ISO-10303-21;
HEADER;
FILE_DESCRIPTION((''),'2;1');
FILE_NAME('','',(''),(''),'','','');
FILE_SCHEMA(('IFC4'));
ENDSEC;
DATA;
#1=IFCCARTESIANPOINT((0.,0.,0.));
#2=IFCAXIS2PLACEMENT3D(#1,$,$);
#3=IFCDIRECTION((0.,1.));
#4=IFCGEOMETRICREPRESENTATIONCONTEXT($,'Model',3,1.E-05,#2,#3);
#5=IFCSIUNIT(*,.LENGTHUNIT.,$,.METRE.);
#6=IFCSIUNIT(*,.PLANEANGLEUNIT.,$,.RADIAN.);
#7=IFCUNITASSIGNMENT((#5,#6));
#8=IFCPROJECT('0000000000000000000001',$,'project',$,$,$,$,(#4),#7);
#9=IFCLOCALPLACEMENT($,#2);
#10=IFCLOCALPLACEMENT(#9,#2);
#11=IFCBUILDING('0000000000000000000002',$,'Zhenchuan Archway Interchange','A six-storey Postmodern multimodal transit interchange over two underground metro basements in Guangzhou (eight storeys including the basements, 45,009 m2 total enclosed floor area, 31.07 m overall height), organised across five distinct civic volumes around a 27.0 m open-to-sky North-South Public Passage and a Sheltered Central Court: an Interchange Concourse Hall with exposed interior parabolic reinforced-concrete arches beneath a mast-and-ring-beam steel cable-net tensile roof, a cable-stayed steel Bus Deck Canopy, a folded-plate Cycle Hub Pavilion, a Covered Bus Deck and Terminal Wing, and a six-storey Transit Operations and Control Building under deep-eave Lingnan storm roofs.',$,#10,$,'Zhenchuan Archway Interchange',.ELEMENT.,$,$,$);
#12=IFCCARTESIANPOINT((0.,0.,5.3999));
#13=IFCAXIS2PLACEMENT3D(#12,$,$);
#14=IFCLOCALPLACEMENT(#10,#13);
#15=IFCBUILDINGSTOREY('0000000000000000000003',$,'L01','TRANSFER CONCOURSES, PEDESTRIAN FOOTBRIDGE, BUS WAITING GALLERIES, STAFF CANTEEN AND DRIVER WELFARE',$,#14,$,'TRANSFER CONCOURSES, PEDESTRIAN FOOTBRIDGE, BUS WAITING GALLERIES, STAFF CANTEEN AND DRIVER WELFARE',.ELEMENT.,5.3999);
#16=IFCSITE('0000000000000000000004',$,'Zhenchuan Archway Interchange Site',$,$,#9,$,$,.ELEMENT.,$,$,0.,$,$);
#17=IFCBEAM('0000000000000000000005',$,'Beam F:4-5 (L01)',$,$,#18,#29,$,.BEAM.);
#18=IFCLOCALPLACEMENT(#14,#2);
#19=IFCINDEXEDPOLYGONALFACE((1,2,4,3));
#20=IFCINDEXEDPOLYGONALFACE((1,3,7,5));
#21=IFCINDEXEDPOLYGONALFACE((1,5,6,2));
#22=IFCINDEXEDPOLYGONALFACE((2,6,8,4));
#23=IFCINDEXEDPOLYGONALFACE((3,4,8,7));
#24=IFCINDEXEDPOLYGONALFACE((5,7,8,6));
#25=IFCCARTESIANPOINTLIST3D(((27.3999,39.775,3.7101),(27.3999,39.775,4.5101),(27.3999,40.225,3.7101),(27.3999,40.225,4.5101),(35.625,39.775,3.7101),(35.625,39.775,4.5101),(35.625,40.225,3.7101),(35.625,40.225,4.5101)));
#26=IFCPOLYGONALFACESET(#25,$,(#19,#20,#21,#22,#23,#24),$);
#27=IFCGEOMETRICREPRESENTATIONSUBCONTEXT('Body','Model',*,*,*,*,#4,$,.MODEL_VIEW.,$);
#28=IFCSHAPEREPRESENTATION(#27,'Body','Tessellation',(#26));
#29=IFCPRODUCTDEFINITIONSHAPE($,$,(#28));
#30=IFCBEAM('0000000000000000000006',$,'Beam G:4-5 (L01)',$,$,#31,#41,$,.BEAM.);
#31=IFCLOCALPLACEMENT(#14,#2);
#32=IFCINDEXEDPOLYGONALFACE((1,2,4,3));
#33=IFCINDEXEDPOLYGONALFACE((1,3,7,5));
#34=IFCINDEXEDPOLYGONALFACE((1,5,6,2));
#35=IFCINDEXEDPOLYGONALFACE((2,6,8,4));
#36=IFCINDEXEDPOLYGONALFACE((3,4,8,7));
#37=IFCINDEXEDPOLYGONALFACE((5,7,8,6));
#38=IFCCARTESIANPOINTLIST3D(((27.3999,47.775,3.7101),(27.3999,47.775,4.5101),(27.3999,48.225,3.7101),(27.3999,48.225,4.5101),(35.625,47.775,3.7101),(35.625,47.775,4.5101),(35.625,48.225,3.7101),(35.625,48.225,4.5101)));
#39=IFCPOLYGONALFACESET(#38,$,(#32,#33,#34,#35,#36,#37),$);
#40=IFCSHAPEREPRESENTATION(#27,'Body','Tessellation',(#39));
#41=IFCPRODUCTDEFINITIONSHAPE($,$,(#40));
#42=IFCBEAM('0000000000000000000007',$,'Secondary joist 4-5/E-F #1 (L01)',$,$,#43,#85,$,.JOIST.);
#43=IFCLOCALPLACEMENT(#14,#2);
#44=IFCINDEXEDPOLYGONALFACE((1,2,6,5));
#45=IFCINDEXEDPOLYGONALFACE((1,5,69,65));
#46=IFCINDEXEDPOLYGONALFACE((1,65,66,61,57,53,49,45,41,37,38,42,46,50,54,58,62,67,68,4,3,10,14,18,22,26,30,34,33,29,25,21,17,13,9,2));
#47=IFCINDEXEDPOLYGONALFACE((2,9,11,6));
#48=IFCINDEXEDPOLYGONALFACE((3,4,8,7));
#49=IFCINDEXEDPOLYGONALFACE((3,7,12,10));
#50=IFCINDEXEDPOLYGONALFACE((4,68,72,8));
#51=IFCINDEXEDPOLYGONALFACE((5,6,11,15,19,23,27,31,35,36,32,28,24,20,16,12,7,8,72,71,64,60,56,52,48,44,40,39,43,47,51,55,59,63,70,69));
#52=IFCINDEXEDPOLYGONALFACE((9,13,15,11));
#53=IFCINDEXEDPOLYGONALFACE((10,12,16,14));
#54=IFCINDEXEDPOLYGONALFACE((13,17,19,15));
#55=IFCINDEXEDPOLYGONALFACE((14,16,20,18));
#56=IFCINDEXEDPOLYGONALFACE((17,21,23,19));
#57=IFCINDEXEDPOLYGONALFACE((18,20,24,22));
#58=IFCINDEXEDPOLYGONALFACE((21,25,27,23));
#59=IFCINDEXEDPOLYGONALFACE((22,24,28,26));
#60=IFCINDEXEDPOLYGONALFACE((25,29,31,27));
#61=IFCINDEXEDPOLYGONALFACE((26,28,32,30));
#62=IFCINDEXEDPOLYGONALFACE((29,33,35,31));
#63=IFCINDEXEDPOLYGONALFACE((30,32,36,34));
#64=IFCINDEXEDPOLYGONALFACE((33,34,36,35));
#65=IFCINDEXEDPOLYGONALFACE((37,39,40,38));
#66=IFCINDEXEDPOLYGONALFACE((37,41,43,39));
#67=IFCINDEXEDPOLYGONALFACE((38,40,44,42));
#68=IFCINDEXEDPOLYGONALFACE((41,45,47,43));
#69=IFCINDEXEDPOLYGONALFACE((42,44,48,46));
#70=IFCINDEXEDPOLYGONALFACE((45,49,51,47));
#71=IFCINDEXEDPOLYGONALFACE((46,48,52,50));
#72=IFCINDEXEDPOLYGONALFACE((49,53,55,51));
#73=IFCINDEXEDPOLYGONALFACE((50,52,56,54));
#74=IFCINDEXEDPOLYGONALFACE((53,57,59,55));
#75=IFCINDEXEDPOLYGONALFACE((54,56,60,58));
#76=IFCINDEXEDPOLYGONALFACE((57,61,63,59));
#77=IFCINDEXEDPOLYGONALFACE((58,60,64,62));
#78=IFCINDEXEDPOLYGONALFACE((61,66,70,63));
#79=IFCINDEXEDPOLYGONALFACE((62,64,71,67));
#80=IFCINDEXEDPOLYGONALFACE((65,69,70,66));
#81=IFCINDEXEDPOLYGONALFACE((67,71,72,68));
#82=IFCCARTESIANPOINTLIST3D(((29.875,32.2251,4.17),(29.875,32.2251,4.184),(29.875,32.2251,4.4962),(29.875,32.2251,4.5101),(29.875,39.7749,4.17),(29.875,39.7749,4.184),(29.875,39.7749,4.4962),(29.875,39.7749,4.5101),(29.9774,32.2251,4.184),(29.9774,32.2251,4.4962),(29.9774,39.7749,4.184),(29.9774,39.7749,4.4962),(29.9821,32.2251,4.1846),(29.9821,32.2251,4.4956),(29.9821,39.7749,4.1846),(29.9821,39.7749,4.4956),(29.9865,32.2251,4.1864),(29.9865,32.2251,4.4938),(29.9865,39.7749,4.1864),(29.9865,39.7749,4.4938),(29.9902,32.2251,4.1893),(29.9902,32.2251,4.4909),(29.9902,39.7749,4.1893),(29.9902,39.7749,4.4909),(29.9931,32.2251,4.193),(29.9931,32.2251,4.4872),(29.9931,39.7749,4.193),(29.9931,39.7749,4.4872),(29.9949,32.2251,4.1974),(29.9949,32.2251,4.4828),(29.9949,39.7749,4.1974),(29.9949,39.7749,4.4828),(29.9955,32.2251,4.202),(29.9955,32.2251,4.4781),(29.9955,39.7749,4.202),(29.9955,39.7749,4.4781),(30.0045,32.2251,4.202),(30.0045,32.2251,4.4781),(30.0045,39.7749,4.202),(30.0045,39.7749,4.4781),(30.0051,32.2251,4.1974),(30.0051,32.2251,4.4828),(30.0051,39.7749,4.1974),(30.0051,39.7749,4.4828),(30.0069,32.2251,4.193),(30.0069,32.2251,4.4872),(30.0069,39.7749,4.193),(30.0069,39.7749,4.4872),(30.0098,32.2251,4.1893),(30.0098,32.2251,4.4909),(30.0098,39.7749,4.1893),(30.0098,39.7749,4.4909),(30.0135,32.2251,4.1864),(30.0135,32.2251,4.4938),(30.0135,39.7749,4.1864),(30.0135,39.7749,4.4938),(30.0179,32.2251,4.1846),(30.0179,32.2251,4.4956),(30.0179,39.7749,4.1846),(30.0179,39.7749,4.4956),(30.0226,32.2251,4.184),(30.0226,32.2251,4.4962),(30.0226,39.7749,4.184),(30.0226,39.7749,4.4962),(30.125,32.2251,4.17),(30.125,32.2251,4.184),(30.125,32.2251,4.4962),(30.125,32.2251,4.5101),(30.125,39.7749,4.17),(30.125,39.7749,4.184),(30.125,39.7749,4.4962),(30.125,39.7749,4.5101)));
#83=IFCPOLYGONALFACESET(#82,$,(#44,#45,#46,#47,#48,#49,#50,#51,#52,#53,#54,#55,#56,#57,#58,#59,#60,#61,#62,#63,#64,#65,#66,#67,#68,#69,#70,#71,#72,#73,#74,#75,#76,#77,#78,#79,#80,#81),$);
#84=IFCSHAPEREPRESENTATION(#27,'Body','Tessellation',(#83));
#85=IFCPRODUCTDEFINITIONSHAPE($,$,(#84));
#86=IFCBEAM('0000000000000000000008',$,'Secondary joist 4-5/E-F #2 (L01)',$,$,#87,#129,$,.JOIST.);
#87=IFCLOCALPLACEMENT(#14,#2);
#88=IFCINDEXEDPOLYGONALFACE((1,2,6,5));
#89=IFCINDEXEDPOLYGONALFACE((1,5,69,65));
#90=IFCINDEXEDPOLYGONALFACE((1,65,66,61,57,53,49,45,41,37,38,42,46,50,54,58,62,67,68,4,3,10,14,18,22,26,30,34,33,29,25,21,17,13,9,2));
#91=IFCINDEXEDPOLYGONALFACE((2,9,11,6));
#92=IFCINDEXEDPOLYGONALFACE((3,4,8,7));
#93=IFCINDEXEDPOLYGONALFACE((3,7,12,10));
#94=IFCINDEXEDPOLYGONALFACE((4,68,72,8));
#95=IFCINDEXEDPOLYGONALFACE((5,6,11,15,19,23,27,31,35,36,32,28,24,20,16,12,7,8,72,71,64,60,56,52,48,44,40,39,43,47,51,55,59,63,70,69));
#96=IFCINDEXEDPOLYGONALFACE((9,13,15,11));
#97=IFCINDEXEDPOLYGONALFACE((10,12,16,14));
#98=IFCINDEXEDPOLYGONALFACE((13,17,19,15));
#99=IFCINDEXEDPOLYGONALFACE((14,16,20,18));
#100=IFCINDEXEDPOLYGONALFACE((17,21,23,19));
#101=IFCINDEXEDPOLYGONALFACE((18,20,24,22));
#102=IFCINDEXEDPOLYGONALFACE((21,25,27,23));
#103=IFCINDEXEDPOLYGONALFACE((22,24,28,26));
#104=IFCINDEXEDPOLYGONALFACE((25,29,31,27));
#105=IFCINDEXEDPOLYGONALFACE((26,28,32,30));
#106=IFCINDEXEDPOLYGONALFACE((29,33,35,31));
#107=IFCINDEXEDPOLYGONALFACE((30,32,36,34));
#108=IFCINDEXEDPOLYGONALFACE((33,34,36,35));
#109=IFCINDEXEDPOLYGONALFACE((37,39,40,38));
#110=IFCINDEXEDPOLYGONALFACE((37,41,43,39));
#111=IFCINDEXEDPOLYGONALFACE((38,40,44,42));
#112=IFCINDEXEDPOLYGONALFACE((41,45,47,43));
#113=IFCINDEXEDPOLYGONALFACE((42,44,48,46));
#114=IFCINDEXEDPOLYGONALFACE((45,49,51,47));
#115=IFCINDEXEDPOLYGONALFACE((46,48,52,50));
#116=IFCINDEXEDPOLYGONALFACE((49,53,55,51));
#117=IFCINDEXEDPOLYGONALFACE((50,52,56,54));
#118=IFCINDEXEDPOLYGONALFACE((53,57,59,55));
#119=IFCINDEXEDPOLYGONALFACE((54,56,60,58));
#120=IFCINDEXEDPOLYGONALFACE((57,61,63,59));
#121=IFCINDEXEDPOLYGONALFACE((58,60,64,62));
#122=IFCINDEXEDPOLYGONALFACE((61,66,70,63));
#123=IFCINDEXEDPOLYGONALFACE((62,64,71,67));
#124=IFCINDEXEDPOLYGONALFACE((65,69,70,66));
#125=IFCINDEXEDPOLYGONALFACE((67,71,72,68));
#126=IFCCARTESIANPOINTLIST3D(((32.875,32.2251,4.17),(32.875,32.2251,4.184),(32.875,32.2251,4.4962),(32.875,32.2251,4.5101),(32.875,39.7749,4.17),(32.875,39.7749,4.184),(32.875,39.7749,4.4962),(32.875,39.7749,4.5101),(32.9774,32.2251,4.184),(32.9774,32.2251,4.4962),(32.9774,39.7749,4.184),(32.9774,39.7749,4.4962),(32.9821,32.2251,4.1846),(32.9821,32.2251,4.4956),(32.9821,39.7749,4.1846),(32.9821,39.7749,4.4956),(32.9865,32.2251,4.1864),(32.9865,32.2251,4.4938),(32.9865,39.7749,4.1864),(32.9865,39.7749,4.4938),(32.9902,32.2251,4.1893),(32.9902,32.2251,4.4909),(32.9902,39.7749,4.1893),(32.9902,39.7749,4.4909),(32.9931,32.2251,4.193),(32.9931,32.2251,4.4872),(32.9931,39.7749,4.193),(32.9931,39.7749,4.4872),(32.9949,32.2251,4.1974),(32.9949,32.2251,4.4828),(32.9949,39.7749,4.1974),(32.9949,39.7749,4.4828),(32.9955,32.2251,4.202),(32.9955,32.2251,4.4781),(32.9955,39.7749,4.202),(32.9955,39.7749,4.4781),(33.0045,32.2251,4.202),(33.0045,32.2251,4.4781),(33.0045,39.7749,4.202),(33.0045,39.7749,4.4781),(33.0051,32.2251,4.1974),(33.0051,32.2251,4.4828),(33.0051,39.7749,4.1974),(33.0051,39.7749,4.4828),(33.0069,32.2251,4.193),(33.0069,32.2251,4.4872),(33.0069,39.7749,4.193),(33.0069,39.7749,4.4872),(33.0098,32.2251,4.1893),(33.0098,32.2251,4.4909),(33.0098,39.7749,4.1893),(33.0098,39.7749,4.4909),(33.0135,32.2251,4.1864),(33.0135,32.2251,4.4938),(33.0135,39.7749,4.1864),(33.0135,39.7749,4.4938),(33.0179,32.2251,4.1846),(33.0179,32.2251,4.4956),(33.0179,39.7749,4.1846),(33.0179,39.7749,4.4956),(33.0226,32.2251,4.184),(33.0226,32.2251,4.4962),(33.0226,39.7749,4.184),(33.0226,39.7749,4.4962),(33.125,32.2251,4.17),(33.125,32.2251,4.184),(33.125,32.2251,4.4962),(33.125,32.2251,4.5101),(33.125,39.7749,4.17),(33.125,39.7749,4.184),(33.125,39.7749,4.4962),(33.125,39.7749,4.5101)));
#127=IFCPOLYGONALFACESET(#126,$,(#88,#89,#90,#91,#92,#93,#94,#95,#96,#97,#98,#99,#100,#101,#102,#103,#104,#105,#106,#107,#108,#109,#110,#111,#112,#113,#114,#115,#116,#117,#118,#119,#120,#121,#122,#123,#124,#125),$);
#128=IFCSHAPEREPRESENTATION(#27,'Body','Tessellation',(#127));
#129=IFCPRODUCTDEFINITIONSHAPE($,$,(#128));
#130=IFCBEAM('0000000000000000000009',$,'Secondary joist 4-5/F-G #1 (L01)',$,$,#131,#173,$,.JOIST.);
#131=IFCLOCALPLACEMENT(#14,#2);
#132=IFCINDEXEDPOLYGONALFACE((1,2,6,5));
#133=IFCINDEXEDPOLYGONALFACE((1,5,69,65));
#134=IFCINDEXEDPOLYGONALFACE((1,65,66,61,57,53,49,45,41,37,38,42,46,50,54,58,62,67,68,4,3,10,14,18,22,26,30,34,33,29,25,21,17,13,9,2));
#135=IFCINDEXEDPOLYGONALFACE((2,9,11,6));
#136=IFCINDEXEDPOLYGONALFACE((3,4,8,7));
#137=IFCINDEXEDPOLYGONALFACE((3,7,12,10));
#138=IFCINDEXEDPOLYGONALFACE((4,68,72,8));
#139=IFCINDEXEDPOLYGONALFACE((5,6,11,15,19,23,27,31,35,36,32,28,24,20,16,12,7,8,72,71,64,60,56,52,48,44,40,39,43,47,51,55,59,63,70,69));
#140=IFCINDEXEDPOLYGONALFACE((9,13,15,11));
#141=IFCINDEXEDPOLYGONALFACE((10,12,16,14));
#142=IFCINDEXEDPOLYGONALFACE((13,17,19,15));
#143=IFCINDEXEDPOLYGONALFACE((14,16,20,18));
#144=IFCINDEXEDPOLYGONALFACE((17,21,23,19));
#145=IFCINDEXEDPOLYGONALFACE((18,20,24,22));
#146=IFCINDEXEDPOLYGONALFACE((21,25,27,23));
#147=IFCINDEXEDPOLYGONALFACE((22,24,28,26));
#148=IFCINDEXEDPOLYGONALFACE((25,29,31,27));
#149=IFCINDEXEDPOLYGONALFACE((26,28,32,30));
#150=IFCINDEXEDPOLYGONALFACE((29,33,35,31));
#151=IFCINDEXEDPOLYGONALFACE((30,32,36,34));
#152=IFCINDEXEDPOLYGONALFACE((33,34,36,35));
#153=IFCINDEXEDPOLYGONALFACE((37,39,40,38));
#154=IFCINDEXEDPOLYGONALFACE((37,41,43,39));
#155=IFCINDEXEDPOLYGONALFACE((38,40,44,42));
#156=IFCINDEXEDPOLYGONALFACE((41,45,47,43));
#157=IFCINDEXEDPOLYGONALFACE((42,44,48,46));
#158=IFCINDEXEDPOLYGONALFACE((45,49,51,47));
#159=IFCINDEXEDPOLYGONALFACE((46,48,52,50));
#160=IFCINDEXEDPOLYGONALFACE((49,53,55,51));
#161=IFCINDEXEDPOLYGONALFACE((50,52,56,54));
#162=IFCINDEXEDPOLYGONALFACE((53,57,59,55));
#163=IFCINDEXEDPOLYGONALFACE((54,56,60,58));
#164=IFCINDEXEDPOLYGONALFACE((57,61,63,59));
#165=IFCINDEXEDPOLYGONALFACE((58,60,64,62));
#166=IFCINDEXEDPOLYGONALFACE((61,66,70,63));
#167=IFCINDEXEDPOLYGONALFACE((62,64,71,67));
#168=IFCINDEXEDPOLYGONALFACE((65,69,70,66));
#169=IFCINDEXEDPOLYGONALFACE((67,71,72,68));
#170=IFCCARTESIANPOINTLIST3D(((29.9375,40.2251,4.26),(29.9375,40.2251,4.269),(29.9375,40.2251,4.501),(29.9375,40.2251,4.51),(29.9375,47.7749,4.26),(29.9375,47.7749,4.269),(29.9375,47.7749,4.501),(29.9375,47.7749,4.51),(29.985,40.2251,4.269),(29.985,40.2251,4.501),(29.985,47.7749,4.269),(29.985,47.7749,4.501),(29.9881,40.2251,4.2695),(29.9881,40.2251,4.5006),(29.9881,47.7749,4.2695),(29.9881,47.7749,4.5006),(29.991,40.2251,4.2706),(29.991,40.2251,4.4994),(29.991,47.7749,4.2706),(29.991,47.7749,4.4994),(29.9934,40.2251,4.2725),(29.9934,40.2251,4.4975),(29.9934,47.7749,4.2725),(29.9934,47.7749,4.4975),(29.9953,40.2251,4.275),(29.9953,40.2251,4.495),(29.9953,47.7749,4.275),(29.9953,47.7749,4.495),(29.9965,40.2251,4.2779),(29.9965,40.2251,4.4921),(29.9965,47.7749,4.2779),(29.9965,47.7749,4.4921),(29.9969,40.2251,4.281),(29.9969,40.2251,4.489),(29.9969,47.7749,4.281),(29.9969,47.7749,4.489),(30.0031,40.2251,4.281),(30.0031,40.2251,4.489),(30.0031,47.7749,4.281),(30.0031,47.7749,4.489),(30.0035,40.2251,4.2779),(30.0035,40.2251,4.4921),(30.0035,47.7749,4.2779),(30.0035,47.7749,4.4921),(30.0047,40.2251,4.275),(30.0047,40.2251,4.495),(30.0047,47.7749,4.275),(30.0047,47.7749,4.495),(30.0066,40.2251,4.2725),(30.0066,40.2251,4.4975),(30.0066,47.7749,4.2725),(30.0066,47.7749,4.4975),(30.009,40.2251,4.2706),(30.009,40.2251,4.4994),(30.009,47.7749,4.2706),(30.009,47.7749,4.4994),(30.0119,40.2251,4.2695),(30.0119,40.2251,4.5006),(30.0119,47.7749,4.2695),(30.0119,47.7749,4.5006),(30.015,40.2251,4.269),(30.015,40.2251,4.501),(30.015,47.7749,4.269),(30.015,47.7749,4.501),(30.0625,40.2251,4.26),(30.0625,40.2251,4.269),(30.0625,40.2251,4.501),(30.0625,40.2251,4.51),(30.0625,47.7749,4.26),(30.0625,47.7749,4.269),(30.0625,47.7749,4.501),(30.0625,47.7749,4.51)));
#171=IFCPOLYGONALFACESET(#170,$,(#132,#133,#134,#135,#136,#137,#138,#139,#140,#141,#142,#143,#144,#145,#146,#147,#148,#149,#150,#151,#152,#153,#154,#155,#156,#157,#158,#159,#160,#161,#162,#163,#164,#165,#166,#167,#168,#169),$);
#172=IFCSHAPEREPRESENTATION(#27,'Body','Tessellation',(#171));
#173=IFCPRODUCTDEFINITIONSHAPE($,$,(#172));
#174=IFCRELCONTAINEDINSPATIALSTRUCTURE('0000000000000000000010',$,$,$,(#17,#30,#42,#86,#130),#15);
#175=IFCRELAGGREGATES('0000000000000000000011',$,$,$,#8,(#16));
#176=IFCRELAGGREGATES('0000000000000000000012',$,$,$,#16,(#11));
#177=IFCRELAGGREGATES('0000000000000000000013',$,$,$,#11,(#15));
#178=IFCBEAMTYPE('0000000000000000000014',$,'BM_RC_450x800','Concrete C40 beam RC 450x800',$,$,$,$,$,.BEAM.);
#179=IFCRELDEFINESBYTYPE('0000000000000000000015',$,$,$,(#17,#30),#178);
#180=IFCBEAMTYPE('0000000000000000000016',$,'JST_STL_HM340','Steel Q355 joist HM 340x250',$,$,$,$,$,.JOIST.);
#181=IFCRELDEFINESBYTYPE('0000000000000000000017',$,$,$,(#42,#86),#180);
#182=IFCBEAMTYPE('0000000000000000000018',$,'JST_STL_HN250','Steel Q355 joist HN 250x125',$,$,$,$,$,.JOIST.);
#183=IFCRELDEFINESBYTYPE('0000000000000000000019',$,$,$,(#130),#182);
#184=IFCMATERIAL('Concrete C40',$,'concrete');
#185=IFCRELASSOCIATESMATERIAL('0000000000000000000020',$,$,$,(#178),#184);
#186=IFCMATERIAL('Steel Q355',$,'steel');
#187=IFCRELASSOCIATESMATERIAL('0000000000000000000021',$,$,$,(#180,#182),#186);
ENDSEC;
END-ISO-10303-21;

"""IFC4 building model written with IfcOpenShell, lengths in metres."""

from ifc_helpers import new_model, si_unit, direction, frame, origin, origin_2d, place, context, subcontext, project, spatial, rectangle, i_section, extrude, material, material_profile, profile_set, type_object, element, save


model = new_model("IFC4")

# Units and contexts
model_context = context("Model", 3, precision=1e-05, world=origin(), true_north=direction((0.0, 1.0)))
body_context = subcontext(model_context, "Body", "Model", "MODEL_VIEW")
ifc_project = project(units=[si_unit("LENGTHUNIT", "METRE"), si_unit("PLANEANGLEUNIT", "RADIAN")], contexts=[model_context])

# Site, building, storey
site_placement = place(None, origin())
site = spatial("IfcSite", under=ifc_project, at=site_placement, Name="Zhenchuan Archway Interchange Site", CompositionType="ELEMENT", RefElevation=0.0)
building_placement = place(site_placement, origin())
building = spatial("IfcBuilding", under=site, at=building_placement, Name="Zhenchuan Archway Interchange", Description="A six-storey Postmodern multimodal transit interchange over two underground metro basements in Guangzhou (eight storeys including the basements, 45,009 m2 total enclosed floor area, 31.07 m overall height), organised across five distinct civic volumes around a 27.0 m open-to-sky North-South Public Passage and a Sheltered Central Court: an Interchange Concourse Hall with exposed interior parabolic reinforced-concrete arches beneath a mast-and-ring-beam steel cable-net tensile roof, a cable-stayed steel Bus Deck Canopy, a folded-plate Cycle Hub Pavilion, a Covered Bus Deck and Terminal Wing, and a six-storey Transit Operations and Control Building under deep-eave Lingnan storm roofs.", LongName="Zhenchuan Archway Interchange", CompositionType="ELEMENT")
storey_placement = place(building_placement, frame((0.0, 0.0, 5.3999)))
storey = spatial("IfcBuildingStorey", under=building, at=storey_placement, Name="L01", Description="TRANSFER CONCOURSES, PEDESTRIAN FOOTBRIDGE, BUS WAITING GALLERIES, STAFF CANTEEN AND DRIVER WELFARE", LongName="TRANSFER CONCOURSES, PEDESTRIAN FOOTBRIDGE, BUS WAITING GALLERIES, STAFF CANTEEN AND DRIVER WELFARE", CompositionType="ELEMENT", Elevation=5.3999)

# Shared definitions
ifc_material_1 = material(Name="Concrete C40", Category="concrete")

# Beams
ifc_material_profile_1 = material_profile(ifc_material_1, rectangle(XDim=0.45, YDim=0.8, at=origin_2d()), Name="RC 450x800")
ifc_profile_set_1 = profile_set([ifc_material_profile_1], Name="Concrete C40")
beam_type_1 = type_object("IfcBeamType", Name="BM_RC_450x800", Description="Concrete C40 beam RC 450x800", PredefinedType="BEAM", material=ifc_profile_set_1)
for number, where, z_axis, x_axis, name in (
    (1, (27.3999, 40.0, 4.1101), (1.0, 0.0, 0.0), (0.0, 1.0, 0.0), "Beam F:4-5 (L01)"),
    (2, (27.3999, 48.0, 4.1101), (1.0, 0.0, 0.0), (0.0, 1.0, 0.0), "Beam G:4-5 (L01)"),
):
    element("IfcBeam", number, at=place(storey_placement, frame(where, z_axis=z_axis, x_axis=x_axis)), inside=storey, type_object=beam_type_1, Name=name, PredefinedType="BEAM", context=body_context, shape_type="SweptSolid", body=[
        extrude(rectangle(XDim=0.45, YDim=0.8, at=origin_2d()), origin(), (0.0, 0.0, 1.0), 8.2251),
    ])
ifc_material_2 = material(Name="Steel Q355", Category="steel")
ifc_material_profile_2 = material_profile(ifc_material_2, i_section(OverallWidth=0.25, OverallDepth=0.3401, WebThickness=0.009, FlangeThickness=0.0139, FilletRadius=0.0181, at=origin_2d()), Name="HM 340x250")
ifc_profile_set_2 = profile_set([ifc_material_profile_2], Name="Steel Q355")
beam_type_2 = type_object("IfcBeamType", Name="JST_STL_HM340", Description="Steel Q355 joist HM 340x250", PredefinedType="JOIST", material=ifc_profile_set_2)
for number, where, z_axis, x_axis, name in (
    (3, (30.0, 32.2251, 4.3401), (0.0, 1.0, 0.0), (-1.0, 0.0, 0.0), "Secondary joist 4-5/E-F #1 (L01)"),
    (4, (33.0, 32.2251, 4.3401), (0.0, 1.0, 0.0), (-1.0, 0.0, 0.0), "Secondary joist 4-5/E-F #2 (L01)"),
):
    element("IfcBeam", number, at=place(storey_placement, frame(where, z_axis=z_axis, x_axis=x_axis)), inside=storey, type_object=beam_type_2, Name=name, PredefinedType="JOIST", context=body_context, shape_type="SweptSolid", body=[
        extrude(i_section(OverallWidth=0.25, OverallDepth=0.3401, WebThickness=0.009, FlangeThickness=0.0139, FilletRadius=0.0181, at=origin_2d()), origin(), (0.0, 0.0, 1.0), 7.5498),
    ])
ifc_material_profile_3 = material_profile(ifc_material_2, i_section(OverallWidth=0.125, OverallDepth=0.25, WebThickness=0.0061, FlangeThickness=0.009, FilletRadius=0.012, at=origin_2d()), Name="HN 250x125")
ifc_profile_set_3 = profile_set([ifc_material_profile_3], Name="Steel Q355")
beam_type_3 = type_object("IfcBeamType", Name="JST_STL_HN250", Description="Steel Q355 joist HN 250x125", PredefinedType="JOIST", material=ifc_profile_set_3)
for number, where, z_axis, x_axis, name in (
    (5, (30.0, 40.2251, 4.385), (0.0, 1.0, 0.0), (-1.0, 0.0, 0.0), "Secondary joist 4-5/F-G #1 (L01)"),
):
    element("IfcBeam", number, at=place(storey_placement, frame(where, z_axis=z_axis, x_axis=x_axis)), inside=storey, type_object=beam_type_3, Name=name, PredefinedType="JOIST", context=body_context, shape_type="SweptSolid", body=[
        extrude(i_section(OverallWidth=0.125, OverallDepth=0.25, WebThickness=0.0061, FlangeThickness=0.009, FilletRadius=0.012, at=origin_2d()), origin(), (0.0, 0.0, 1.0), 7.5498),
    ])

save(model, "model.ifc")
